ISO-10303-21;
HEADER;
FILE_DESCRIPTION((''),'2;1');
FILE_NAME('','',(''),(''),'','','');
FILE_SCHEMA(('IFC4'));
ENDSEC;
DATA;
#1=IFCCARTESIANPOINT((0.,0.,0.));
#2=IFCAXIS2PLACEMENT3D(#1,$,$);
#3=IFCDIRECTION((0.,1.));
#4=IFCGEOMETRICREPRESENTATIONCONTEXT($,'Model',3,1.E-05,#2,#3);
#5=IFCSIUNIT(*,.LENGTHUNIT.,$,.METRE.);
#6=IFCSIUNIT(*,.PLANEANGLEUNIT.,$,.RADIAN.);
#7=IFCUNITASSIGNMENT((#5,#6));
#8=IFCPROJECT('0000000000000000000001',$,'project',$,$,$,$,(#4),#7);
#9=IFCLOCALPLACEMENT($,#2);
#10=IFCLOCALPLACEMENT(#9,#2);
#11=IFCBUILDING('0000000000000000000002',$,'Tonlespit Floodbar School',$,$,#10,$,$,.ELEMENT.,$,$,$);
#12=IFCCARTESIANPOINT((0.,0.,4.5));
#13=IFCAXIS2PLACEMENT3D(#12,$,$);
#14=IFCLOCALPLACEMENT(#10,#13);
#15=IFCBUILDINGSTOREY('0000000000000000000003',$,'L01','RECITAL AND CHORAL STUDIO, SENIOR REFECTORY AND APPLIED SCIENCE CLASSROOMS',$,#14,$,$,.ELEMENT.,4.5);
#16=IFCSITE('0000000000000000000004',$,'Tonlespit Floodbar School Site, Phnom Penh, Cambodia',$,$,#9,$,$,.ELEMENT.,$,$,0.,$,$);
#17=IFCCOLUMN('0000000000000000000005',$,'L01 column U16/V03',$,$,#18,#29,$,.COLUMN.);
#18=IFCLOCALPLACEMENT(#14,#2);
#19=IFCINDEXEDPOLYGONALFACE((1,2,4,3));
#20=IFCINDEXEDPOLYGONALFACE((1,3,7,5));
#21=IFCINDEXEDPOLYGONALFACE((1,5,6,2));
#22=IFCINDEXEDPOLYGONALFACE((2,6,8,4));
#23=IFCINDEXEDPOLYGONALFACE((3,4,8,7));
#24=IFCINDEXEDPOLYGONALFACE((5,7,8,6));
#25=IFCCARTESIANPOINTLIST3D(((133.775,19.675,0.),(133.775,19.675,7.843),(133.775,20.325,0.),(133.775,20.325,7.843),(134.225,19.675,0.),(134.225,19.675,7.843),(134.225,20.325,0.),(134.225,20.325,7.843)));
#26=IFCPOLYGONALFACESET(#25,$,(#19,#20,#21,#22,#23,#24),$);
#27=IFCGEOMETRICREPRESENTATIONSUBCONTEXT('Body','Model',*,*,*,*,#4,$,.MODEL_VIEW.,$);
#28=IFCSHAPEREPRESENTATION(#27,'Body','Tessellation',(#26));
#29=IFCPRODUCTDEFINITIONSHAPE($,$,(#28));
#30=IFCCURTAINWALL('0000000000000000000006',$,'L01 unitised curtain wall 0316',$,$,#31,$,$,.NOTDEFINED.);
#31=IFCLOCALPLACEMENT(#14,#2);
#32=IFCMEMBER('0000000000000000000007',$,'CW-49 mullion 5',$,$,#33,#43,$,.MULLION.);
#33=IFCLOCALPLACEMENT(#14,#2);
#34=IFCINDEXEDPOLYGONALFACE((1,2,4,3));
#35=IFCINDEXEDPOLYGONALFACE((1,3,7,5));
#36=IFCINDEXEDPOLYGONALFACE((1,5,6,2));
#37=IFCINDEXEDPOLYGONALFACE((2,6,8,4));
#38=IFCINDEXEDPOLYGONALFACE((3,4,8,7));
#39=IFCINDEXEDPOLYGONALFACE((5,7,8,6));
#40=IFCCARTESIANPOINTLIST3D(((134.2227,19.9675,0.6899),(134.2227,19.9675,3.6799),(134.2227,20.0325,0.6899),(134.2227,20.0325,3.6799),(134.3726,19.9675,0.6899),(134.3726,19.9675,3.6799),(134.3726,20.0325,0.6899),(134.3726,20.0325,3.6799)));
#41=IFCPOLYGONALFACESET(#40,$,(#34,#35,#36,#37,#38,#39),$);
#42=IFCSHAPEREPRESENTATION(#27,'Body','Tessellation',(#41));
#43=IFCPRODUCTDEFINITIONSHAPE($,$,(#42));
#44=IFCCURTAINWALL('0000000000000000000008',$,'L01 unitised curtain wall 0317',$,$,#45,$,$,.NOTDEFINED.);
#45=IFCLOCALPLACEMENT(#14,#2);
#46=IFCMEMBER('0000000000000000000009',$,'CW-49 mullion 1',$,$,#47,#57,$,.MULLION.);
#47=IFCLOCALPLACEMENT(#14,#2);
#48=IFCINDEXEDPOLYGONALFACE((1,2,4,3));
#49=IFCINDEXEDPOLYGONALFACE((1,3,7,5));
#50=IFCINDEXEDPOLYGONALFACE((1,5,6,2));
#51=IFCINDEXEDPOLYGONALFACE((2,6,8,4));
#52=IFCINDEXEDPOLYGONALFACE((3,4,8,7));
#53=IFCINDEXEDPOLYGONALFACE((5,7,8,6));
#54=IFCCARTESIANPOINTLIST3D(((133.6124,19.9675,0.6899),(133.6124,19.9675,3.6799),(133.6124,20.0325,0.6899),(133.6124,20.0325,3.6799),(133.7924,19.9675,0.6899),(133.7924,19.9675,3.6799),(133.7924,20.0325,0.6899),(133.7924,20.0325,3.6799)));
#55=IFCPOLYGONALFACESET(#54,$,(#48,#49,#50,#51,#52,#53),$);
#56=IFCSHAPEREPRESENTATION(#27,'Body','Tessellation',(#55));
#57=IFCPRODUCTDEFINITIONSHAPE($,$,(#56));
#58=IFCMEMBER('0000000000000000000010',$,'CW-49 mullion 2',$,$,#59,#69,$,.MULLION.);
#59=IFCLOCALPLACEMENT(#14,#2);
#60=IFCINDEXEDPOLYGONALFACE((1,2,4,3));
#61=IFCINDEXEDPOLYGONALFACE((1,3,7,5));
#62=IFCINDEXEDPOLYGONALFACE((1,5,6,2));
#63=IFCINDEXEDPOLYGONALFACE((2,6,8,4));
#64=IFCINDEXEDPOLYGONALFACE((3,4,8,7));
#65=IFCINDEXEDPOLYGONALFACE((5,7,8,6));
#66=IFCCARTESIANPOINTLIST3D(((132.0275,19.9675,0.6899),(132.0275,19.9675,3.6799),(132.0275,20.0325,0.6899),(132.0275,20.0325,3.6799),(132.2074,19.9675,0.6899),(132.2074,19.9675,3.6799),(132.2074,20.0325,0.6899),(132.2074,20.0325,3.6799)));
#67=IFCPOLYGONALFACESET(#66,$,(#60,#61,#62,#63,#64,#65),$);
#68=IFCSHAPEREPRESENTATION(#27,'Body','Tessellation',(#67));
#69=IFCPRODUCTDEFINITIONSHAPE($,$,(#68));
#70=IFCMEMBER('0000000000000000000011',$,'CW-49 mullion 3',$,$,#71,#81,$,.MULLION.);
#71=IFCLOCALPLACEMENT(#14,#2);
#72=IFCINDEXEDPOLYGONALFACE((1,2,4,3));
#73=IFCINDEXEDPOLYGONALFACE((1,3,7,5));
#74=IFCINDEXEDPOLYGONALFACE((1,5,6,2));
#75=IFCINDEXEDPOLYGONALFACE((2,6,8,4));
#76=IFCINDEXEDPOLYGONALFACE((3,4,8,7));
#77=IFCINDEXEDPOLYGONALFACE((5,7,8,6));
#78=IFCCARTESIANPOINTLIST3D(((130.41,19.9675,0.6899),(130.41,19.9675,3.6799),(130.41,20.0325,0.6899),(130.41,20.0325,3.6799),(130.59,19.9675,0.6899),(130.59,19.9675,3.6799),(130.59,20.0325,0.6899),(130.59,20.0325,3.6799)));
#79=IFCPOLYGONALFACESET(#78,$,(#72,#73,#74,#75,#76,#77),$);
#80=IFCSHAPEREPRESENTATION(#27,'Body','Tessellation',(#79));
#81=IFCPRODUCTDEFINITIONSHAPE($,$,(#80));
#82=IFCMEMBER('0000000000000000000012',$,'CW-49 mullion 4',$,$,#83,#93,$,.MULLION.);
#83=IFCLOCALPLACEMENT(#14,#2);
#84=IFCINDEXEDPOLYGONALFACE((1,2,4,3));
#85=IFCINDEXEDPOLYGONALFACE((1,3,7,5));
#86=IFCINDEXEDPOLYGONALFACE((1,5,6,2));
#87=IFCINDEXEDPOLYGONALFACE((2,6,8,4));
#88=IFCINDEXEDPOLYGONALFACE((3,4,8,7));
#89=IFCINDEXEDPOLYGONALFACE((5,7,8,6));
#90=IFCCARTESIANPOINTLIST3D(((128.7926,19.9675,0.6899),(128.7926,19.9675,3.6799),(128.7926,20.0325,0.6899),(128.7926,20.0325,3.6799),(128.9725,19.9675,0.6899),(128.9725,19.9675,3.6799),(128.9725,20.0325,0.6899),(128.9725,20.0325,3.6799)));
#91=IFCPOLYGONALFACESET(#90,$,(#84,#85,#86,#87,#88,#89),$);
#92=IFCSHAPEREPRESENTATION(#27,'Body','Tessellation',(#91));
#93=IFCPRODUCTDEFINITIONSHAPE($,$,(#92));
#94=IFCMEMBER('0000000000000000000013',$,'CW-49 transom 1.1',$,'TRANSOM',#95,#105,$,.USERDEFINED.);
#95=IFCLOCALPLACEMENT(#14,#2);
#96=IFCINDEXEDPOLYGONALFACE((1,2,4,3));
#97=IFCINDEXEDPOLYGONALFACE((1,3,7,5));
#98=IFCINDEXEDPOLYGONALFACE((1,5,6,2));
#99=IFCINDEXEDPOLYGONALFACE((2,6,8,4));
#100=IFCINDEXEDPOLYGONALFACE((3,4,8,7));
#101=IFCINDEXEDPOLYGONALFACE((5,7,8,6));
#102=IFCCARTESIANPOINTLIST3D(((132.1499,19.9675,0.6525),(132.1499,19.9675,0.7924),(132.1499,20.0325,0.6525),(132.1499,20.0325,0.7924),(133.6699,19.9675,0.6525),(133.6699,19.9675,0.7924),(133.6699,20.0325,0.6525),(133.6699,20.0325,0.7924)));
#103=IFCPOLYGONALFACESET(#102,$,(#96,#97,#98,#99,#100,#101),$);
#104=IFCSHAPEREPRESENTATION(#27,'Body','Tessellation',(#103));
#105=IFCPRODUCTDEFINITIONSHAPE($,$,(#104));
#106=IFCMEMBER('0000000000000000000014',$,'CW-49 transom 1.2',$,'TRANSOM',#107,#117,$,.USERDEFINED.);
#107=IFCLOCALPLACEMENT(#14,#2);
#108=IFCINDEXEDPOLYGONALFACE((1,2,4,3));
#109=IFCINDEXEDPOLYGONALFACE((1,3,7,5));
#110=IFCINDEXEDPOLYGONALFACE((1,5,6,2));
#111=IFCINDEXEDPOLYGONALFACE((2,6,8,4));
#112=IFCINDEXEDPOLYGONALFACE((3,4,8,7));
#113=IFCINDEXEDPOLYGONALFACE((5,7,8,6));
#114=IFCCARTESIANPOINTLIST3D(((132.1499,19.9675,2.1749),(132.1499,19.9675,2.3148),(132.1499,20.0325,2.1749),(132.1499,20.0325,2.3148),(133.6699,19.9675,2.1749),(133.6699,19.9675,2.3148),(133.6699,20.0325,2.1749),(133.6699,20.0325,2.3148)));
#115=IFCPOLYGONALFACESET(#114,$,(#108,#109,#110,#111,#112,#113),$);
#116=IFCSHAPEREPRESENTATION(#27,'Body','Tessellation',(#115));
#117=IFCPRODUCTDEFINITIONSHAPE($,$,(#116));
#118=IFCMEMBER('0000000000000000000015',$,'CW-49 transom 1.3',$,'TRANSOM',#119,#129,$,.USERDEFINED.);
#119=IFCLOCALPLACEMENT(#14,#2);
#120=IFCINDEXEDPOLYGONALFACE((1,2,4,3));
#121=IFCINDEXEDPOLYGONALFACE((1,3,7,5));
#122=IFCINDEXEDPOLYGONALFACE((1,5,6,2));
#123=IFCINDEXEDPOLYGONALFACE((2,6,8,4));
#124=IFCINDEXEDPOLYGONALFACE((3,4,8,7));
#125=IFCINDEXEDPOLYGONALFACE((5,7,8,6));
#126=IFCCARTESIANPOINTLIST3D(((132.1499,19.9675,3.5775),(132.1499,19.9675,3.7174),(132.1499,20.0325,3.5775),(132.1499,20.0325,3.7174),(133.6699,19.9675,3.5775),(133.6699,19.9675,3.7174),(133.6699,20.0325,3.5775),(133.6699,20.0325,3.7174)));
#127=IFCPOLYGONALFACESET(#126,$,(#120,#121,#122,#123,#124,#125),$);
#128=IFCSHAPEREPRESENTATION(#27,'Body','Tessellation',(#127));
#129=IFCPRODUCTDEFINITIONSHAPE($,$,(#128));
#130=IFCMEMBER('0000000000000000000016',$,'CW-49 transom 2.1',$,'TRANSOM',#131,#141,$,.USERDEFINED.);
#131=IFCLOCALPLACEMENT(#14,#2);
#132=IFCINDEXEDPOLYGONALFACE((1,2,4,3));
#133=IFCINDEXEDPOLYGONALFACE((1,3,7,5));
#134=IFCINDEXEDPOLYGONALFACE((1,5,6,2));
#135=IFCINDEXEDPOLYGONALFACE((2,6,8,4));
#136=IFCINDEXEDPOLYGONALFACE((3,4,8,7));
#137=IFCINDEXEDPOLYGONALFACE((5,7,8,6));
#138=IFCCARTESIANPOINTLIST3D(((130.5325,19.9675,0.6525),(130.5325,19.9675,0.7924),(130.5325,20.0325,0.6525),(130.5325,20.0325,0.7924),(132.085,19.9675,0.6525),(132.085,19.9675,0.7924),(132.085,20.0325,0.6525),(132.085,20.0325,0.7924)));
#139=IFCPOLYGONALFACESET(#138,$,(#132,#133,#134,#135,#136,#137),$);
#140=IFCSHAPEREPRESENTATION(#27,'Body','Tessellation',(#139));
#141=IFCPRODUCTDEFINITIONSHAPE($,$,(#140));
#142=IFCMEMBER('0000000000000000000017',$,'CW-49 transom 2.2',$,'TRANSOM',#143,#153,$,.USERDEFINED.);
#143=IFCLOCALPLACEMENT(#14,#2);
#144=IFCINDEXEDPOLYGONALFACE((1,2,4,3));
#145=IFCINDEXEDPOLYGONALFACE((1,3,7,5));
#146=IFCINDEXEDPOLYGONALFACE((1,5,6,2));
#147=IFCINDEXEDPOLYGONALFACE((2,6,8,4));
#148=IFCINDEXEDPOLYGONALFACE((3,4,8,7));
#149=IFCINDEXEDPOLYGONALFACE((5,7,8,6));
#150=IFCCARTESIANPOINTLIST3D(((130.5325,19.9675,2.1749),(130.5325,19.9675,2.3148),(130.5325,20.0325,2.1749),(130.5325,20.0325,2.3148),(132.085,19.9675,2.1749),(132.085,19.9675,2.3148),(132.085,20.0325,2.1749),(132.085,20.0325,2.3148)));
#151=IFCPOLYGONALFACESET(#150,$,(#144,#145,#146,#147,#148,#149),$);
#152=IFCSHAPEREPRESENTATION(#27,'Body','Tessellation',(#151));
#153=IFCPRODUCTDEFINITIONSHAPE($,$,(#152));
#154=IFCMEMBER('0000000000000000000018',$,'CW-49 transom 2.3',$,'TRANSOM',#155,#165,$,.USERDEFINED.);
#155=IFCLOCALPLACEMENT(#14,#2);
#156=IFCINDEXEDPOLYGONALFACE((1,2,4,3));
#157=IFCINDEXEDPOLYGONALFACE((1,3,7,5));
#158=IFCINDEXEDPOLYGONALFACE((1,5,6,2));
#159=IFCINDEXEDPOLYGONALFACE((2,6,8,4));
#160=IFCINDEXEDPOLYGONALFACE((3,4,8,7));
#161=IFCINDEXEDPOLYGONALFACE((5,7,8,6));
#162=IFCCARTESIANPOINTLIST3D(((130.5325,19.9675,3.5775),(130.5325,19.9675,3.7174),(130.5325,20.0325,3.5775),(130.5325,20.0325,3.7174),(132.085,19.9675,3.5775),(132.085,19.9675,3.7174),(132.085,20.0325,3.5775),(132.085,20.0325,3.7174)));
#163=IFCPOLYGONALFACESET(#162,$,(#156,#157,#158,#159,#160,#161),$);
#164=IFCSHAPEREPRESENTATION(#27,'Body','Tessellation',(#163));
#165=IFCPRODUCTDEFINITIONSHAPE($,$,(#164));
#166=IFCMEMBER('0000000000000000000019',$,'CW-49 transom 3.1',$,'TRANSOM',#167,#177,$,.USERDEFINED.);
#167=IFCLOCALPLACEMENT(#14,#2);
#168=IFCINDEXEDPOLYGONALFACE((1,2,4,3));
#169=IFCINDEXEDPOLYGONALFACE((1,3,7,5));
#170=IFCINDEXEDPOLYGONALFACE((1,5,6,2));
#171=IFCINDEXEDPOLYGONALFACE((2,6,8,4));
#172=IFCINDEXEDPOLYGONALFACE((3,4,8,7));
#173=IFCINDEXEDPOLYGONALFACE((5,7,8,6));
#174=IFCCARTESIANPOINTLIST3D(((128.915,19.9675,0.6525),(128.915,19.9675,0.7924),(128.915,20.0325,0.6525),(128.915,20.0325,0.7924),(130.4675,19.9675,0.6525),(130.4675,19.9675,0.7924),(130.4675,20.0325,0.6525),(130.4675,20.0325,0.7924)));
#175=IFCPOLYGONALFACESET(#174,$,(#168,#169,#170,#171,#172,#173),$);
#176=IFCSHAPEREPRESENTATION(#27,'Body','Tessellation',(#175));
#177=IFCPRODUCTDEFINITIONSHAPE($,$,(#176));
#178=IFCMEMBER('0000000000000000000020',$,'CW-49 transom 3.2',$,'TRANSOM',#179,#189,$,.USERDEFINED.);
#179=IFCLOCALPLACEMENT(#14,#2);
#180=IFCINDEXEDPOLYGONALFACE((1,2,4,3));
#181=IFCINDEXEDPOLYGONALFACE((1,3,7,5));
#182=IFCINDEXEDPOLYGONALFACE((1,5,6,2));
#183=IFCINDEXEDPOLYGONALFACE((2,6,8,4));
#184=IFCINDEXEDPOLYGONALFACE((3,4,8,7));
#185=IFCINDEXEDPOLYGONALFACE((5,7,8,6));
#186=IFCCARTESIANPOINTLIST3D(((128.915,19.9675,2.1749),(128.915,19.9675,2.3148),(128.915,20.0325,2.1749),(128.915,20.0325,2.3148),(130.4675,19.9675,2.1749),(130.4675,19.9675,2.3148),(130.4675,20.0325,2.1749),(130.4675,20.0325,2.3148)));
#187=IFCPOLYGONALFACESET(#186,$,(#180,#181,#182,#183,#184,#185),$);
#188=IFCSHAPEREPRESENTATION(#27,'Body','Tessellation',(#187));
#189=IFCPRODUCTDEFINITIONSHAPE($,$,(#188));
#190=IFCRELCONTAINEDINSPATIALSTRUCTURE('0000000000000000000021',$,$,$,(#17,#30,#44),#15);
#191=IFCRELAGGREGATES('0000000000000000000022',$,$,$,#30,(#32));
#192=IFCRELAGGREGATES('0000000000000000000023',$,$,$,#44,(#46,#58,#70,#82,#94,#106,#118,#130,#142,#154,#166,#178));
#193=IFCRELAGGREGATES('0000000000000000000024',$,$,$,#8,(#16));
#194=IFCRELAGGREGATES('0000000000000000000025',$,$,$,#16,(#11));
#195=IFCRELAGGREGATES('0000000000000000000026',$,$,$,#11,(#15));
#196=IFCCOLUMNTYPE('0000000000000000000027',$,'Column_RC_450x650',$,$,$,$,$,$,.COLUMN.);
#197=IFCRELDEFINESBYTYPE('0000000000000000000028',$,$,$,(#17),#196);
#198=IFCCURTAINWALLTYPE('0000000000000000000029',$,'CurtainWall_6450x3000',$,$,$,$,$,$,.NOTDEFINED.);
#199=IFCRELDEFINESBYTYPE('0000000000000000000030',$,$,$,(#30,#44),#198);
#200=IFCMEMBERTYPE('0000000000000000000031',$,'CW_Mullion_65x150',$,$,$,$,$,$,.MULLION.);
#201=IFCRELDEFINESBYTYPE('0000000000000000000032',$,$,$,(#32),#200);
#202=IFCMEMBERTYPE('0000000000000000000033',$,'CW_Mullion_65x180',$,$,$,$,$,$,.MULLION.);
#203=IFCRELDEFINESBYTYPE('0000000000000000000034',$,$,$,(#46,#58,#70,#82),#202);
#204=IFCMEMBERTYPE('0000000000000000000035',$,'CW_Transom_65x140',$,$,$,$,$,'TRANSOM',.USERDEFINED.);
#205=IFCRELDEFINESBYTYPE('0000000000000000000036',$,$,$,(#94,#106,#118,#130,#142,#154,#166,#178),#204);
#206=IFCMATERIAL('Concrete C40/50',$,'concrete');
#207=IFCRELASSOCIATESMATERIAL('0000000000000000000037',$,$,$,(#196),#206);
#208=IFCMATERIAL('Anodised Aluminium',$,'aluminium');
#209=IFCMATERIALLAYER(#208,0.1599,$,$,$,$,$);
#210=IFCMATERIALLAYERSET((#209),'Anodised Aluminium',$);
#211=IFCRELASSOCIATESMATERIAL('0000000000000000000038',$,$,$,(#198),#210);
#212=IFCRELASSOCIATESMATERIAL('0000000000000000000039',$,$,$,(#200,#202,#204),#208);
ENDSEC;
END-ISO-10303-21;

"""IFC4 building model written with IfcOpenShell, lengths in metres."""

from ifc_helpers import new_model, si_unit, direction, frame, origin, origin_2d, place, context, subcontext, project, spatial, rectangle, extrude, material, layer, layer_set, material_profile, profile_set, type_object, element, aggregate, save


model = new_model("IFC4")

# Units and contexts
model_context = context("Model", 3, precision=1e-05, world=origin(), true_north=direction((0.0, 1.0)))
body_context = subcontext(model_context, "Body", "Model", "MODEL_VIEW")
ifc_project = project(units=[si_unit("LENGTHUNIT", "METRE"), si_unit("PLANEANGLEUNIT", "RADIAN")], contexts=[model_context])

# Site, building, storey
site_placement = place(None, origin())
site = spatial("IfcSite", under=ifc_project, at=site_placement, Name="Tonlespit Floodbar School Site, Phnom Penh, Cambodia", CompositionType="ELEMENT", RefElevation=0.0)
building_placement = place(site_placement, origin())
building = spatial("IfcBuilding", under=site, at=building_placement, Name="Tonlespit Floodbar School", CompositionType="ELEMENT")
storey_placement = place(building_placement, frame((0.0, 0.0, 4.5)))
storey = spatial("IfcBuildingStorey", under=building, at=storey_placement, Name="L01", Description="RECITAL AND CHORAL STUDIO, SENIOR REFECTORY AND APPLIED SCIENCE CLASSROOMS", CompositionType="ELEMENT", Elevation=4.5)

# Column
ifc_material_1 = material(Name="Concrete C40/50", Category="concrete")
ifc_material_profile_1 = material_profile(ifc_material_1, rectangle(XDim=0.45, YDim=0.6499, at=origin_2d()), Name="RC 450x650")
ifc_profile_set_1 = profile_set([ifc_material_profile_1], Name="Concrete C40/50")
column_type = type_object("IfcColumnType", Name="Column_RC_450x650", PredefinedType="COLUMN", material=ifc_profile_set_1)
column_placement = place(storey_placement, frame((134.0, 20.0, 0.0), z_axis=(0.0, 0.0, 1.0), x_axis=(1.0, 0.0, 0.0)))
element("IfcColumn", 1, at=column_placement, inside=storey, type_object=column_type, Name="L01 column U16/V03", PredefinedType="COLUMN", context=body_context, shape_type="SweptSolid", body=[
    extrude(rectangle(XDim=0.45, YDim=0.6499, at=origin_2d()), origin(), (0.0, 0.0, 1.0), 7.843),
])

# Curtain wall, member
ifc_material_2 = material(Name="Anodised Aluminium", Category="aluminium")
ifc_layer_1 = layer(ifc_material_2, 0.1599)
ifc_layer_set_1 = layer_set([ifc_layer_1], Name="Anodised Aluminium")
curtain_wall_type = type_object("IfcCurtainWallType", Name="CurtainWall_6450x3000", PredefinedType="NOTDEFINED", material=ifc_layer_set_1)
curtain_wall_1_placement = place(storey_placement, origin())
curtain_wall_1 = element("IfcCurtainWall", 2, at=curtain_wall_1_placement, inside=storey, type_object=curtain_wall_type, Name="L01 unitised curtain wall 0316", PredefinedType="NOTDEFINED")
ifc_material_profile_2 = material_profile(ifc_material_2, rectangle(XDim=0.0649, YDim=0.1499, at=origin_2d()), Name="ALU M65x150")
ifc_profile_set_2 = profile_set([ifc_material_profile_2], Name="Anodised Aluminium")
member_type_1 = type_object("IfcMemberType", Name="CW_Mullion_65x150", PredefinedType="MULLION", material=ifc_profile_set_2)
member_1_placement = place(storey_placement, frame((134.2976, 20.0, 0.6899), z_axis=(0.0, 0.0, 1.0), x_axis=(0.0, -1.0, 0.0)))
member_1 = element("IfcMember", 3, at=member_1_placement, type_object=member_type_1, Name="CW-49 mullion 5", PredefinedType="MULLION", context=body_context, shape_type="SweptSolid", body=[
    extrude(rectangle(XDim=0.0649, YDim=0.1499, at=origin_2d()), origin(), (0.0, 0.0, 1.0), 2.99),
])
aggregate(curtain_wall_1, [member_1])

# Curtain wall, members
curtain_wall_2_placement = place(storey_placement, origin())
curtain_wall_2 = element("IfcCurtainWall", 4, at=curtain_wall_2_placement, inside=storey, type_object=curtain_wall_type, Name="L01 unitised curtain wall 0317", PredefinedType="NOTDEFINED")
ifc_material_profile_3 = material_profile(ifc_material_2, rectangle(XDim=0.0649, YDim=0.1799, at=origin_2d()), Name="ALU M65x180")
ifc_profile_set_3 = profile_set([ifc_material_profile_3], Name="Anodised Aluminium")
member_type_2 = type_object("IfcMemberType", Name="CW_Mullion_65x180", PredefinedType="MULLION", material=ifc_profile_set_3)
member_2_placement = place(storey_placement, frame((133.7024, 20.0, 0.6899), z_axis=(0.0, 0.0, 1.0), x_axis=(0.0, -1.0, 0.0)))
member_2 = element("IfcMember", 5, at=member_2_placement, type_object=member_type_2, Name="CW-49 mullion 1", PredefinedType="MULLION", context=body_context, shape_type="SweptSolid", body=[
    extrude(rectangle(XDim=0.0649, YDim=0.1799, at=origin_2d()), origin(), (0.0, 0.0, 1.0), 2.99),
])
member_3_placement = place(storey_placement, frame((132.1174, 20.0, 0.6899), z_axis=(0.0, 0.0, 1.0), x_axis=(0.0, -1.0, 0.0)))
member_3 = element("IfcMember", 6, at=member_3_placement, type_object=member_type_2, Name="CW-49 mullion 2", PredefinedType="MULLION", context=body_context, shape_type="SweptSolid", body=[
    extrude(rectangle(XDim=0.0649, YDim=0.1799, at=origin_2d()), origin(), (0.0, 0.0, 1.0), 2.99),
])
member_4_placement = place(storey_placement, frame((130.5, 20.0, 0.6899), z_axis=(0.0, 0.0, 1.0), x_axis=(0.0, -1.0, 0.0)))
member_4 = element("IfcMember", 7, at=member_4_placement, type_object=member_type_2, Name="CW-49 mullion 3", PredefinedType="MULLION", context=body_context, shape_type="SweptSolid", body=[
    extrude(rectangle(XDim=0.0649, YDim=0.1799, at=origin_2d()), origin(), (0.0, 0.0, 1.0), 2.99),
])
member_5_placement = place(storey_placement, frame((128.8826, 20.0, 0.6899), z_axis=(0.0, 0.0, 1.0), x_axis=(0.0, -1.0, 0.0)))
member_5 = element("IfcMember", 8, at=member_5_placement, type_object=member_type_2, Name="CW-49 mullion 4", PredefinedType="MULLION", context=body_context, shape_type="SweptSolid", body=[
    extrude(rectangle(XDim=0.0649, YDim=0.1799, at=origin_2d()), origin(), (0.0, 0.0, 1.0), 2.99),
])
ifc_material_profile_4 = material_profile(ifc_material_2, rectangle(XDim=0.0649, YDim=0.1399, at=origin_2d()), Name="ALU T65x140")
ifc_profile_set_4 = profile_set([ifc_material_profile_4], Name="Anodised Aluminium")
member_type_3 = type_object("IfcMemberType", Name="CW_Transom_65x140", ElementType="TRANSOM", PredefinedType="USERDEFINED", material=ifc_profile_set_4)
member_6_placement = place(storey_placement, frame((133.6699, 20.0, 0.7224), z_axis=(-1.0, 0.0, 0.0), x_axis=(0.0, -1.0, 0.0)))
member_6 = element("IfcMember", 9, at=member_6_placement, type_object=member_type_3, Name="CW-49 transom 1.1", ObjectType="TRANSOM", PredefinedType="USERDEFINED", context=body_context, shape_type="SweptSolid", body=[
    extrude(rectangle(XDim=0.0649, YDim=0.1399, at=origin_2d()), origin(), (0.0, 0.0, 1.0), 1.52),
])
member_7_placement = place(storey_placement, frame((133.6699, 20.0, 2.2449), z_axis=(-1.0, 0.0, 0.0), x_axis=(0.0, -1.0, 0.0)))
member_7 = element("IfcMember", 10, at=member_7_placement, type_object=member_type_3, Name="CW-49 transom 1.2", ObjectType="TRANSOM", PredefinedType="USERDEFINED", context=body_context, shape_type="SweptSolid", body=[
    extrude(rectangle(XDim=0.0649, YDim=0.1399, at=origin_2d()), origin(), (0.0, 0.0, 1.0), 1.52),
])
member_8_placement = place(storey_placement, frame((133.6699, 20.0, 3.6475), z_axis=(-1.0, 0.0, 0.0), x_axis=(0.0, -1.0, 0.0)))
member_8 = element("IfcMember", 11, at=member_8_placement, type_object=member_type_3, Name="CW-49 transom 1.3", ObjectType="TRANSOM", PredefinedType="USERDEFINED", context=body_context, shape_type="SweptSolid", body=[
    extrude(rectangle(XDim=0.0649, YDim=0.1399, at=origin_2d()), origin(), (0.0, 0.0, 1.0), 1.52),
])
member_9_placement = place(storey_placement, frame((132.085, 20.0, 0.7224), z_axis=(-1.0, 0.0, 0.0), x_axis=(0.0, -1.0, 0.0)))
member_9 = element("IfcMember", 12, at=member_9_placement, type_object=member_type_3, Name="CW-49 transom 2.1", ObjectType="TRANSOM", PredefinedType="USERDEFINED", context=body_context, shape_type="SweptSolid", body=[
    extrude(rectangle(XDim=0.0649, YDim=0.1399, at=origin_2d()), origin(), (0.0, 0.0, 1.0), 1.5525),
])
member_10_placement = place(storey_placement, frame((132.085, 20.0, 2.2449), z_axis=(-1.0, 0.0, 0.0), x_axis=(0.0, -1.0, 0.0)))
member_10 = element("IfcMember", 13, at=member_10_placement, type_object=member_type_3, Name="CW-49 transom 2.2", ObjectType="TRANSOM", PredefinedType="USERDEFINED", context=body_context, shape_type="SweptSolid", body=[
    extrude(rectangle(XDim=0.0649, YDim=0.1399, at=origin_2d()), origin(), (0.0, 0.0, 1.0), 1.5525),
])
member_11_placement = place(storey_placement, frame((132.085, 20.0, 3.6475), z_axis=(-1.0, 0.0, 0.0), x_axis=(0.0, -1.0, 0.0)))
member_11 = element("IfcMember", 14, at=member_11_placement, type_object=member_type_3, Name="CW-49 transom 2.3", ObjectType="TRANSOM", PredefinedType="USERDEFINED", context=body_context, shape_type="SweptSolid", body=[
    extrude(rectangle(XDim=0.0649, YDim=0.1399, at=origin_2d()), origin(), (0.0, 0.0, 1.0), 1.5525),
])
member_12_placement = place(storey_placement, frame((130.4675, 20.0, 0.7224), z_axis=(-1.0, 0.0, 0.0), x_axis=(0.0, -1.0, 0.0)))
member_12 = element("IfcMember", 15, at=member_12_placement, type_object=member_type_3, Name="CW-49 transom 3.1", ObjectType="TRANSOM", PredefinedType="USERDEFINED", context=body_context, shape_type="SweptSolid", body=[
    extrude(rectangle(XDim=0.0649, YDim=0.1399, at=origin_2d()), origin(), (0.0, 0.0, 1.0), 1.5525),
])
member_13_placement = place(storey_placement, frame((130.4675, 20.0, 2.2449), z_axis=(-1.0, 0.0, 0.0), x_axis=(0.0, -1.0, 0.0)))
member_13 = element("IfcMember", 16, at=member_13_placement, type_object=member_type_3, Name="CW-49 transom 3.2", ObjectType="TRANSOM", PredefinedType="USERDEFINED", context=body_context, shape_type="SweptSolid", body=[
    extrude(rectangle(XDim=0.0649, YDim=0.1399, at=origin_2d()), origin(), (0.0, 0.0, 1.0), 1.5525),
])

aggregate(curtain_wall_2, [member_2, member_3, member_4, member_5, member_6, member_7, member_8, member_9, member_10, member_11, member_12, member_13])

save(model, "model.ifc")
